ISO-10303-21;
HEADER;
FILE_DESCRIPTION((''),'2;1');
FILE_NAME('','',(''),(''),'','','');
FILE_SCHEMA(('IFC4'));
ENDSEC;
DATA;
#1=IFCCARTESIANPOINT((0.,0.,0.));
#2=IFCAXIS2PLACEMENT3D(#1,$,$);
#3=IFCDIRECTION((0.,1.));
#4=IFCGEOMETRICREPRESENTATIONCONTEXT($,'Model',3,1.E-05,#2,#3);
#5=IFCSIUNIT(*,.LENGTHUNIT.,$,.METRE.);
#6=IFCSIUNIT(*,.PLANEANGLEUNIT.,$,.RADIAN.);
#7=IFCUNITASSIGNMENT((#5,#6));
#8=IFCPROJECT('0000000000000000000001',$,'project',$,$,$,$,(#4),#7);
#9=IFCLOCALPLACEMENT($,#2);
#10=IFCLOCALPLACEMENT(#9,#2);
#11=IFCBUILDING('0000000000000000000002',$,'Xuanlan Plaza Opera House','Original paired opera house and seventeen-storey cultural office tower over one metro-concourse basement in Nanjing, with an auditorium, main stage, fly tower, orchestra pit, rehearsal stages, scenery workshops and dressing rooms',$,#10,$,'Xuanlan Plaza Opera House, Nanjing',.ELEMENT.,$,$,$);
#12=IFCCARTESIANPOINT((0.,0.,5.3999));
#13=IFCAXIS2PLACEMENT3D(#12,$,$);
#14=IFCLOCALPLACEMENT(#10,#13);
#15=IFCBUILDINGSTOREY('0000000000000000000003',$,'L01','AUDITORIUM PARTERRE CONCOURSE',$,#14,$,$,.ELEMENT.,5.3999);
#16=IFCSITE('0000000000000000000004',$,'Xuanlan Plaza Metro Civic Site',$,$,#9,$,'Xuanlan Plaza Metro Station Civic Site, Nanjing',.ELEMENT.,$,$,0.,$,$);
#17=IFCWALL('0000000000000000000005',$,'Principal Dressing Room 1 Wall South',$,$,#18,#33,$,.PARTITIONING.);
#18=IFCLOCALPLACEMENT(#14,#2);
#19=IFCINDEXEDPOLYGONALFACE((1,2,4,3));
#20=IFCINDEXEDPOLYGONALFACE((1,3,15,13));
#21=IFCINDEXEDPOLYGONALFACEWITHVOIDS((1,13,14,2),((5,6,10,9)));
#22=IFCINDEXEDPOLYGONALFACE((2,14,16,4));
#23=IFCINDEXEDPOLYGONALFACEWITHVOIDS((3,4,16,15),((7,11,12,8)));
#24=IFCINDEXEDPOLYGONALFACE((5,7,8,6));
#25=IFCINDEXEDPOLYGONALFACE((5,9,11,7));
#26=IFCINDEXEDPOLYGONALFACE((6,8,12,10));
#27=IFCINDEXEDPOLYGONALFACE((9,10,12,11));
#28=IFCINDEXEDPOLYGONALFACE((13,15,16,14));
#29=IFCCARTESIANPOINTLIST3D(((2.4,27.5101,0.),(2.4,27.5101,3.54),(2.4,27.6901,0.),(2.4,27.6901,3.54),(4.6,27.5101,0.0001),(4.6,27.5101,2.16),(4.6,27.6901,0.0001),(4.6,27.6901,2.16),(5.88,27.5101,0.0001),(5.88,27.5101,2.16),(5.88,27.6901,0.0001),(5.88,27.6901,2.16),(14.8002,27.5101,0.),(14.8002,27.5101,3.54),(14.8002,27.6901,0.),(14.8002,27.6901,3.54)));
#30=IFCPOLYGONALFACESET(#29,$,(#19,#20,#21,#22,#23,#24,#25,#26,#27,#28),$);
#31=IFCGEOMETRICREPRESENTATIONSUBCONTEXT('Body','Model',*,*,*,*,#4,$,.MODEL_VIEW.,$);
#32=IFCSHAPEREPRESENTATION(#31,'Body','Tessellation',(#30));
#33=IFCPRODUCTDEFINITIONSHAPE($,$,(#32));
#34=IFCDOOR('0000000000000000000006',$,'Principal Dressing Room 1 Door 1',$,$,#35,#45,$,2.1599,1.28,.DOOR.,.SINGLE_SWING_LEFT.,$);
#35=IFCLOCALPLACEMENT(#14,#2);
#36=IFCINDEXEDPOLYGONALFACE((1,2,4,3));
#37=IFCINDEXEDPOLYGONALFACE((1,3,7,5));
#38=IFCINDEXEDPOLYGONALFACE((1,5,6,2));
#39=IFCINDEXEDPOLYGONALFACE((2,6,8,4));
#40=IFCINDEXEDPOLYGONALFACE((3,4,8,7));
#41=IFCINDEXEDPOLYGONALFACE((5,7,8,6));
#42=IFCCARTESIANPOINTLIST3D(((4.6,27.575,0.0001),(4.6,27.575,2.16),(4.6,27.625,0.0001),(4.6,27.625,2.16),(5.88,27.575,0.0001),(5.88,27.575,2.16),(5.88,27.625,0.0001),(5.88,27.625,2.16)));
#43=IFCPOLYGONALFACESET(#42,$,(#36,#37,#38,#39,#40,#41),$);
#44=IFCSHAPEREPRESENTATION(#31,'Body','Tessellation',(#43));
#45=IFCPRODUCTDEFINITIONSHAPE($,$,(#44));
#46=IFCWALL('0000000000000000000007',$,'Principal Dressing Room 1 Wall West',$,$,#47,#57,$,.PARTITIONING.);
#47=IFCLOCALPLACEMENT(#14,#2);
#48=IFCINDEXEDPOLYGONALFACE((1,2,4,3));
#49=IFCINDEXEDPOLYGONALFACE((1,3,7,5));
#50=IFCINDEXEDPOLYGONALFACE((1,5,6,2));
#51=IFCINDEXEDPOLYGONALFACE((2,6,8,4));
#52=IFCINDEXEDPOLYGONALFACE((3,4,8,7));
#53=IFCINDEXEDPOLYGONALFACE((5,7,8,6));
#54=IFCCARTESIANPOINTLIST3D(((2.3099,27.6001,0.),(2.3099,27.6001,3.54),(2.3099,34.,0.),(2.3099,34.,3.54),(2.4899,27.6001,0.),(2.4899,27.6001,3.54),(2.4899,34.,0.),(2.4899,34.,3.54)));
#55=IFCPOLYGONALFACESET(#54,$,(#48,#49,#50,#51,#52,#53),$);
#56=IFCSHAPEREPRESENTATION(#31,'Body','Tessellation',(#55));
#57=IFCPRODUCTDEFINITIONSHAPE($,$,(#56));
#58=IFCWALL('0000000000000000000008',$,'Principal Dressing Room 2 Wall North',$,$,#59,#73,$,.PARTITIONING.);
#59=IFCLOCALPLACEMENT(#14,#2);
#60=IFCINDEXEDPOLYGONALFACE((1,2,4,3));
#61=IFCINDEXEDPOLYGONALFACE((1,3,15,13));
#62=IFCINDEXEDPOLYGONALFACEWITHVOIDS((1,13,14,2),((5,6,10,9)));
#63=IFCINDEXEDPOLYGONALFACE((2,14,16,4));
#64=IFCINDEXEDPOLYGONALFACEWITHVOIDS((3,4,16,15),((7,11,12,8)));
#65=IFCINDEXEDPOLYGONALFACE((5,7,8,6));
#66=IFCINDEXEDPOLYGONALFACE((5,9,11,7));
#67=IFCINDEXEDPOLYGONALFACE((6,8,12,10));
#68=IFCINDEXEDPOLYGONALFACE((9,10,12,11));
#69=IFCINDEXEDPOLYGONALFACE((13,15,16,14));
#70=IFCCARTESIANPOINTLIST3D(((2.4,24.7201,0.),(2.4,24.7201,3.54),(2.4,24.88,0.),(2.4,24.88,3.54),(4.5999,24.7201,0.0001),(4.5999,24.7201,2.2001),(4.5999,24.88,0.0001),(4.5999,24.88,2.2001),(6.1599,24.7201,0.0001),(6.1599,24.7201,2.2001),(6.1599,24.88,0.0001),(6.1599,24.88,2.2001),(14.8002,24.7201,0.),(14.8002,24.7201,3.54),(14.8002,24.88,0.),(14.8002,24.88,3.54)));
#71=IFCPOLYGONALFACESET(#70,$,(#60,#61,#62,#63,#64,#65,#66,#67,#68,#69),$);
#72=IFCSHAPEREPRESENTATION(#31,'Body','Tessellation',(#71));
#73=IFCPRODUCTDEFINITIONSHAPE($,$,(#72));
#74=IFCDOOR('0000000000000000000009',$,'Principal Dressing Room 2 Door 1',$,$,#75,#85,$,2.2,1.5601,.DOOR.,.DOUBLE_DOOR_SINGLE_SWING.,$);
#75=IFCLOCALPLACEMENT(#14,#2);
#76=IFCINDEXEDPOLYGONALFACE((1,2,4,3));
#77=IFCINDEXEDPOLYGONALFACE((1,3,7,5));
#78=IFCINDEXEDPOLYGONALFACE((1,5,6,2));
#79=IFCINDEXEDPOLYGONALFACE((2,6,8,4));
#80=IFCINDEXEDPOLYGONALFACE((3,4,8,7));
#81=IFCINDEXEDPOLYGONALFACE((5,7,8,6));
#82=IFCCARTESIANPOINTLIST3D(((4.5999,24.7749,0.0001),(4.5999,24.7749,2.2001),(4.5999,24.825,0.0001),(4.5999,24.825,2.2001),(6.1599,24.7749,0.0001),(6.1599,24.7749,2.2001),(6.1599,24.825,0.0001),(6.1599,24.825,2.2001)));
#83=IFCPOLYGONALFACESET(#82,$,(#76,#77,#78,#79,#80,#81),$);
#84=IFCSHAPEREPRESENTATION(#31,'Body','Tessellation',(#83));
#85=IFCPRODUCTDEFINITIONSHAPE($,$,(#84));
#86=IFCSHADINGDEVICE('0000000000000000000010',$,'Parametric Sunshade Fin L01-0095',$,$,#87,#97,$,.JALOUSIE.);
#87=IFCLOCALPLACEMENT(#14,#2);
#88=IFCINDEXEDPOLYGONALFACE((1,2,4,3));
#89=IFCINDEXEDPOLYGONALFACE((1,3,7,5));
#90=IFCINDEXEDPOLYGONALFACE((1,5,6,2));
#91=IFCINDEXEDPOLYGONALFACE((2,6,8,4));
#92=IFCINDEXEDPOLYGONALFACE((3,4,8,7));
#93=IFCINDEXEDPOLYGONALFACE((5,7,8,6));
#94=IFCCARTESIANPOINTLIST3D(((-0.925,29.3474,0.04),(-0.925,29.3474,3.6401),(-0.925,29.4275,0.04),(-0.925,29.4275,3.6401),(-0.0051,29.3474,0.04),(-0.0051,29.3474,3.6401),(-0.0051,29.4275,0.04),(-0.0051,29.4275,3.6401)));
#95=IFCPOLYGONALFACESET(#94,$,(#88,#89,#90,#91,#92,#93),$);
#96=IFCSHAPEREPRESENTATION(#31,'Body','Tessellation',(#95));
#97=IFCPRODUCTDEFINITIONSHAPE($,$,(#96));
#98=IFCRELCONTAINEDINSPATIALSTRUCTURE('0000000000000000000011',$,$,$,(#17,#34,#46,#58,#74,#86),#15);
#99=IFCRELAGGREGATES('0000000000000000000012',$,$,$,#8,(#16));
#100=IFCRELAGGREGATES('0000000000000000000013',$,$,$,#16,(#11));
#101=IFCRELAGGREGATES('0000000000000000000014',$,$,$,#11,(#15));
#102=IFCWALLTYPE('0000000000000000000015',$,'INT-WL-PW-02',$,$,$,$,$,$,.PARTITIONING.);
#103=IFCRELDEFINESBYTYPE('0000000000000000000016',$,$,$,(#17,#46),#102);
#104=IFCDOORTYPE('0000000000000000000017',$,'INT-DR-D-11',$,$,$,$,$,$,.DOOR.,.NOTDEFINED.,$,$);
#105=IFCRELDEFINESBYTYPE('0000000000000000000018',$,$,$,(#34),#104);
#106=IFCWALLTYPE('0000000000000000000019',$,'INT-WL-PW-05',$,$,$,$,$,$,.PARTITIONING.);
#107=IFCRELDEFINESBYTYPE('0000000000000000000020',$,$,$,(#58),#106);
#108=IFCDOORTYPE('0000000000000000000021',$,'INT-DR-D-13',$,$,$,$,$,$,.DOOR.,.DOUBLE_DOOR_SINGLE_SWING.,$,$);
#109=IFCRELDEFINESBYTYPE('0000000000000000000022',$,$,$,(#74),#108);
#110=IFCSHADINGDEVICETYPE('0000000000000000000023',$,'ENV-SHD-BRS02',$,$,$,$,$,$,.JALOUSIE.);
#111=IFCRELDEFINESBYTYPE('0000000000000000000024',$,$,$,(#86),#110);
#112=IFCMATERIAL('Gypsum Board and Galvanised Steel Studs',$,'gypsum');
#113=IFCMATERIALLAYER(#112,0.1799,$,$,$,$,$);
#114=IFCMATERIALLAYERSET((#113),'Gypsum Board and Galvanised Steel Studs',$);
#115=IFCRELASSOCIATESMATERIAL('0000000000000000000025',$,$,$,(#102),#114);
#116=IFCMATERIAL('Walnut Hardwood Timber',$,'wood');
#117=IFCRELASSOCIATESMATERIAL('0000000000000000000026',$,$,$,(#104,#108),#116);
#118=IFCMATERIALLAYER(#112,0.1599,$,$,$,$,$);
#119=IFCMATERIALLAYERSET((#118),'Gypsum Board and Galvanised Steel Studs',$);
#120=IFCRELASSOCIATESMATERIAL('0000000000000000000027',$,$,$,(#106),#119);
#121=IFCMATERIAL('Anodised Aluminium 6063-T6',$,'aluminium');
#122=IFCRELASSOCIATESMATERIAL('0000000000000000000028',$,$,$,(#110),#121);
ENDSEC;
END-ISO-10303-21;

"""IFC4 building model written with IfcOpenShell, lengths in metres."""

from ifc_helpers import new_model, si_unit, direction, frame, frame_2d, origin, origin_2d, place, context, subcontext, project, spatial, rectangle, extrude, material, layer, layer_set, type_object, element, fill, save


model = new_model("IFC4")

# Units and contexts
model_context = context("Model", 3, precision=1e-05, world=origin(), true_north=direction((0.0, 1.0)))
body_context = subcontext(model_context, "Body", "Model", "MODEL_VIEW")
ifc_project = project(units=[si_unit("LENGTHUNIT", "METRE"), si_unit("PLANEANGLEUNIT", "RADIAN")], contexts=[model_context])

# Site, building, storey
site_placement = place(None, origin())
site = spatial("IfcSite", under=ifc_project, at=site_placement, Name="Xuanlan Plaza Metro Civic Site", LongName="Xuanlan Plaza Metro Station Civic Site, Nanjing", CompositionType="ELEMENT", RefElevation=0.0)
building_placement = place(site_placement, origin())
building = spatial("IfcBuilding", under=site, at=building_placement, Name="Xuanlan Plaza Opera House", Description="Original paired opera house and seventeen-storey cultural office tower over one metro-concourse basement in Nanjing, with an auditorium, main stage, fly tower, orchestra pit, rehearsal stages, scenery workshops and dressing rooms", LongName="Xuanlan Plaza Opera House, Nanjing", CompositionType="ELEMENT")
storey_placement = place(building_placement, frame((0.0, 0.0, 5.3999)))
storey = spatial("IfcBuildingStorey", under=building, at=storey_placement, Name="L01", Description="AUDITORIUM PARTERRE CONCOURSE", CompositionType="ELEMENT", Elevation=5.3999)

# Shared definitions
ifc_material_1 = material(Name="Anodised Aluminium 6063-T6", Category="aluminium")

# Wall, opening, door
ifc_material_2 = material(Name="Gypsum Board and Galvanised Steel Studs", Category="gypsum")
ifc_layer_1 = layer(ifc_material_2, 0.1799)
ifc_layer_set_1 = layer_set([ifc_layer_1], Name="Gypsum Board and Galvanised Steel Studs")
wall_type_1 = type_object("IfcWallType", Name="INT-WL-PW-02", PredefinedType="PARTITIONING", material=ifc_layer_set_1)
wall_1_placement = place(storey_placement, frame((2.3999, 27.6001, 0.0), z_axis=(0.0, 0.0, 1.0), x_axis=(1.0, 0.0, 0.0)))
wall_1 = element("IfcWall", 1, at=wall_1_placement, inside=storey, type_object=wall_type_1, Name="Principal Dressing Room 1 Wall South", PredefinedType="PARTITIONING", context=body_context, shape_type="SweptSolid", body=[
    extrude(rectangle(XDim=12.4001, YDim=0.1799, at=frame_2d((6.2002, 0.0))), origin(), (0.0, 0.0, 1.0), 3.54),
])
opening_1_placement = place(wall_1_placement, frame((2.2, 0.0, 0.0)))
opening_1 = element("IfcOpeningElement", 2, at=opening_1_placement, cuts=wall_1, PredefinedType="OPENING", context=body_context, shape_type="SweptSolid", body=[
    extrude(rectangle(XDim=1.28, YDim=2.1599, at=frame_2d((0.6401, 1.0801))), frame((0.0, 0.0999, 0.0), z_axis=(0.0, -1.0, 0.0), x_axis=(1.0, 0.0, 0.0)), (0.0, 0.0, 1.0), 0.2),
])
ifc_material_3 = material(Name="Walnut Hardwood Timber", Category="wood")
door_type_1 = type_object("IfcDoorType", Name="INT-DR-D-11", OperationType="NOTDEFINED", PredefinedType="DOOR", material=ifc_material_3)
door_1_placement = place(opening_1_placement, origin())
door_1 = element("IfcDoor", 3, at=door_1_placement, inside=storey, type_object=door_type_1, Name="Principal Dressing Room 1 Door 1", OperationType="SINGLE_SWING_LEFT", OverallHeight=2.1599, OverallWidth=1.28, PredefinedType="DOOR", context=body_context, shape_type="SweptSolid", body=[
    extrude(rectangle(XDim=1.28, YDim=2.1599, at=frame_2d((0.6401, 1.0801))), frame((0.0, 0.0249, 0.0), z_axis=(0.0, -1.0, 0.0), x_axis=(1.0, 0.0, 0.0)), (0.0, 0.0, 1.0), 0.05),
])
fill(opening_1, door_1)

# Wall
wall_2_placement = place(storey_placement, frame((2.3999, 27.6001, 0.0), z_axis=(0.0, 0.0, 1.0), x_axis=(0.0, 1.0, 0.0)))
element("IfcWall", 4, at=wall_2_placement, inside=storey, type_object=wall_type_1, Name="Principal Dressing Room 1 Wall West", PredefinedType="PARTITIONING", context=body_context, shape_type="SweptSolid", body=[
    extrude(rectangle(XDim=6.3999, YDim=0.1799, at=frame_2d((3.2, 0.0))), origin(), (0.0, 0.0, 1.0), 3.54),
])

# Wall, opening, door
ifc_layer_2 = layer(ifc_material_2, 0.1599)
ifc_layer_set_2 = layer_set([ifc_layer_2], Name="Gypsum Board and Galvanised Steel Studs")
wall_type_2 = type_object("IfcWallType", Name="INT-WL-PW-05", PredefinedType="PARTITIONING", material=ifc_layer_set_2)
wall_3_placement = place(storey_placement, frame((2.3999, 24.8, 0.0), z_axis=(0.0, 0.0, 1.0), x_axis=(1.0, 0.0, 0.0)))
wall_3 = element("IfcWall", 5, at=wall_3_placement, inside=storey, type_object=wall_type_2, Name="Principal Dressing Room 2 Wall North", PredefinedType="PARTITIONING", context=body_context, shape_type="SweptSolid", body=[
    extrude(rectangle(XDim=12.4001, YDim=0.1599, at=frame_2d((6.2002, 0.0))), origin(), (0.0, 0.0, 1.0), 3.54),
])
opening_2_placement = place(wall_3_placement, frame((2.2, 0.0, 0.0)))
opening_2 = element("IfcOpeningElement", 6, at=opening_2_placement, cuts=wall_3, PredefinedType="OPENING", context=body_context, shape_type="SweptSolid", body=[
    extrude(rectangle(XDim=1.5601, YDim=2.2, at=frame_2d((0.78, 1.1001))), frame((0.0, 0.0898, 0.0), z_axis=(0.0, -1.0, 0.0), x_axis=(1.0, 0.0, 0.0)), (0.0, 0.0, 1.0), 0.1799),
])
door_type_2 = type_object("IfcDoorType", Name="INT-DR-D-13", OperationType="DOUBLE_DOOR_SINGLE_SWING", PredefinedType="DOOR", material=ifc_material_3)
door_2_placement = place(opening_2_placement, origin())
door_2 = element("IfcDoor", 7, at=door_2_placement, inside=storey, type_object=door_type_2, Name="Principal Dressing Room 2 Door 1", OperationType="DOUBLE_DOOR_SINGLE_SWING", OverallHeight=2.2, OverallWidth=1.5601, PredefinedType="DOOR", context=body_context, shape_type="SweptSolid", body=[
    extrude(rectangle(XDim=1.5601, YDim=2.2, at=frame_2d((0.78, 1.1001))), frame((0.0, 0.0249, 0.0), z_axis=(0.0, -1.0, 0.0), x_axis=(1.0, 0.0, 0.0)), (0.0, 0.0, 1.0), 0.05),
])
fill(opening_2, door_2)

# Shading device
shading_device_type = type_object("IfcShadingDeviceType", Name="ENV-SHD-BRS02", PredefinedType="JALOUSIE", material=ifc_material_1)
shading_device_placement = place(storey_placement, frame((-0.4651, 29.3875, 0.04), z_axis=(0.0, 0.0, 1.0), x_axis=(-1.0, 0.0, 0.0)))
element("IfcShadingDevice", 8, at=shading_device_placement, inside=storey, type_object=shading_device_type, Name="Parametric Sunshade Fin L01-0095", PredefinedType="JALOUSIE", context=body_context, shape_type="SweptSolid", body=[
    extrude(rectangle(XDim=0.9199, YDim=0.0801, at=origin_2d()), origin(), (0.0, 0.0, 1.0), 3.6001),
])

save(model, "model.ifc")
